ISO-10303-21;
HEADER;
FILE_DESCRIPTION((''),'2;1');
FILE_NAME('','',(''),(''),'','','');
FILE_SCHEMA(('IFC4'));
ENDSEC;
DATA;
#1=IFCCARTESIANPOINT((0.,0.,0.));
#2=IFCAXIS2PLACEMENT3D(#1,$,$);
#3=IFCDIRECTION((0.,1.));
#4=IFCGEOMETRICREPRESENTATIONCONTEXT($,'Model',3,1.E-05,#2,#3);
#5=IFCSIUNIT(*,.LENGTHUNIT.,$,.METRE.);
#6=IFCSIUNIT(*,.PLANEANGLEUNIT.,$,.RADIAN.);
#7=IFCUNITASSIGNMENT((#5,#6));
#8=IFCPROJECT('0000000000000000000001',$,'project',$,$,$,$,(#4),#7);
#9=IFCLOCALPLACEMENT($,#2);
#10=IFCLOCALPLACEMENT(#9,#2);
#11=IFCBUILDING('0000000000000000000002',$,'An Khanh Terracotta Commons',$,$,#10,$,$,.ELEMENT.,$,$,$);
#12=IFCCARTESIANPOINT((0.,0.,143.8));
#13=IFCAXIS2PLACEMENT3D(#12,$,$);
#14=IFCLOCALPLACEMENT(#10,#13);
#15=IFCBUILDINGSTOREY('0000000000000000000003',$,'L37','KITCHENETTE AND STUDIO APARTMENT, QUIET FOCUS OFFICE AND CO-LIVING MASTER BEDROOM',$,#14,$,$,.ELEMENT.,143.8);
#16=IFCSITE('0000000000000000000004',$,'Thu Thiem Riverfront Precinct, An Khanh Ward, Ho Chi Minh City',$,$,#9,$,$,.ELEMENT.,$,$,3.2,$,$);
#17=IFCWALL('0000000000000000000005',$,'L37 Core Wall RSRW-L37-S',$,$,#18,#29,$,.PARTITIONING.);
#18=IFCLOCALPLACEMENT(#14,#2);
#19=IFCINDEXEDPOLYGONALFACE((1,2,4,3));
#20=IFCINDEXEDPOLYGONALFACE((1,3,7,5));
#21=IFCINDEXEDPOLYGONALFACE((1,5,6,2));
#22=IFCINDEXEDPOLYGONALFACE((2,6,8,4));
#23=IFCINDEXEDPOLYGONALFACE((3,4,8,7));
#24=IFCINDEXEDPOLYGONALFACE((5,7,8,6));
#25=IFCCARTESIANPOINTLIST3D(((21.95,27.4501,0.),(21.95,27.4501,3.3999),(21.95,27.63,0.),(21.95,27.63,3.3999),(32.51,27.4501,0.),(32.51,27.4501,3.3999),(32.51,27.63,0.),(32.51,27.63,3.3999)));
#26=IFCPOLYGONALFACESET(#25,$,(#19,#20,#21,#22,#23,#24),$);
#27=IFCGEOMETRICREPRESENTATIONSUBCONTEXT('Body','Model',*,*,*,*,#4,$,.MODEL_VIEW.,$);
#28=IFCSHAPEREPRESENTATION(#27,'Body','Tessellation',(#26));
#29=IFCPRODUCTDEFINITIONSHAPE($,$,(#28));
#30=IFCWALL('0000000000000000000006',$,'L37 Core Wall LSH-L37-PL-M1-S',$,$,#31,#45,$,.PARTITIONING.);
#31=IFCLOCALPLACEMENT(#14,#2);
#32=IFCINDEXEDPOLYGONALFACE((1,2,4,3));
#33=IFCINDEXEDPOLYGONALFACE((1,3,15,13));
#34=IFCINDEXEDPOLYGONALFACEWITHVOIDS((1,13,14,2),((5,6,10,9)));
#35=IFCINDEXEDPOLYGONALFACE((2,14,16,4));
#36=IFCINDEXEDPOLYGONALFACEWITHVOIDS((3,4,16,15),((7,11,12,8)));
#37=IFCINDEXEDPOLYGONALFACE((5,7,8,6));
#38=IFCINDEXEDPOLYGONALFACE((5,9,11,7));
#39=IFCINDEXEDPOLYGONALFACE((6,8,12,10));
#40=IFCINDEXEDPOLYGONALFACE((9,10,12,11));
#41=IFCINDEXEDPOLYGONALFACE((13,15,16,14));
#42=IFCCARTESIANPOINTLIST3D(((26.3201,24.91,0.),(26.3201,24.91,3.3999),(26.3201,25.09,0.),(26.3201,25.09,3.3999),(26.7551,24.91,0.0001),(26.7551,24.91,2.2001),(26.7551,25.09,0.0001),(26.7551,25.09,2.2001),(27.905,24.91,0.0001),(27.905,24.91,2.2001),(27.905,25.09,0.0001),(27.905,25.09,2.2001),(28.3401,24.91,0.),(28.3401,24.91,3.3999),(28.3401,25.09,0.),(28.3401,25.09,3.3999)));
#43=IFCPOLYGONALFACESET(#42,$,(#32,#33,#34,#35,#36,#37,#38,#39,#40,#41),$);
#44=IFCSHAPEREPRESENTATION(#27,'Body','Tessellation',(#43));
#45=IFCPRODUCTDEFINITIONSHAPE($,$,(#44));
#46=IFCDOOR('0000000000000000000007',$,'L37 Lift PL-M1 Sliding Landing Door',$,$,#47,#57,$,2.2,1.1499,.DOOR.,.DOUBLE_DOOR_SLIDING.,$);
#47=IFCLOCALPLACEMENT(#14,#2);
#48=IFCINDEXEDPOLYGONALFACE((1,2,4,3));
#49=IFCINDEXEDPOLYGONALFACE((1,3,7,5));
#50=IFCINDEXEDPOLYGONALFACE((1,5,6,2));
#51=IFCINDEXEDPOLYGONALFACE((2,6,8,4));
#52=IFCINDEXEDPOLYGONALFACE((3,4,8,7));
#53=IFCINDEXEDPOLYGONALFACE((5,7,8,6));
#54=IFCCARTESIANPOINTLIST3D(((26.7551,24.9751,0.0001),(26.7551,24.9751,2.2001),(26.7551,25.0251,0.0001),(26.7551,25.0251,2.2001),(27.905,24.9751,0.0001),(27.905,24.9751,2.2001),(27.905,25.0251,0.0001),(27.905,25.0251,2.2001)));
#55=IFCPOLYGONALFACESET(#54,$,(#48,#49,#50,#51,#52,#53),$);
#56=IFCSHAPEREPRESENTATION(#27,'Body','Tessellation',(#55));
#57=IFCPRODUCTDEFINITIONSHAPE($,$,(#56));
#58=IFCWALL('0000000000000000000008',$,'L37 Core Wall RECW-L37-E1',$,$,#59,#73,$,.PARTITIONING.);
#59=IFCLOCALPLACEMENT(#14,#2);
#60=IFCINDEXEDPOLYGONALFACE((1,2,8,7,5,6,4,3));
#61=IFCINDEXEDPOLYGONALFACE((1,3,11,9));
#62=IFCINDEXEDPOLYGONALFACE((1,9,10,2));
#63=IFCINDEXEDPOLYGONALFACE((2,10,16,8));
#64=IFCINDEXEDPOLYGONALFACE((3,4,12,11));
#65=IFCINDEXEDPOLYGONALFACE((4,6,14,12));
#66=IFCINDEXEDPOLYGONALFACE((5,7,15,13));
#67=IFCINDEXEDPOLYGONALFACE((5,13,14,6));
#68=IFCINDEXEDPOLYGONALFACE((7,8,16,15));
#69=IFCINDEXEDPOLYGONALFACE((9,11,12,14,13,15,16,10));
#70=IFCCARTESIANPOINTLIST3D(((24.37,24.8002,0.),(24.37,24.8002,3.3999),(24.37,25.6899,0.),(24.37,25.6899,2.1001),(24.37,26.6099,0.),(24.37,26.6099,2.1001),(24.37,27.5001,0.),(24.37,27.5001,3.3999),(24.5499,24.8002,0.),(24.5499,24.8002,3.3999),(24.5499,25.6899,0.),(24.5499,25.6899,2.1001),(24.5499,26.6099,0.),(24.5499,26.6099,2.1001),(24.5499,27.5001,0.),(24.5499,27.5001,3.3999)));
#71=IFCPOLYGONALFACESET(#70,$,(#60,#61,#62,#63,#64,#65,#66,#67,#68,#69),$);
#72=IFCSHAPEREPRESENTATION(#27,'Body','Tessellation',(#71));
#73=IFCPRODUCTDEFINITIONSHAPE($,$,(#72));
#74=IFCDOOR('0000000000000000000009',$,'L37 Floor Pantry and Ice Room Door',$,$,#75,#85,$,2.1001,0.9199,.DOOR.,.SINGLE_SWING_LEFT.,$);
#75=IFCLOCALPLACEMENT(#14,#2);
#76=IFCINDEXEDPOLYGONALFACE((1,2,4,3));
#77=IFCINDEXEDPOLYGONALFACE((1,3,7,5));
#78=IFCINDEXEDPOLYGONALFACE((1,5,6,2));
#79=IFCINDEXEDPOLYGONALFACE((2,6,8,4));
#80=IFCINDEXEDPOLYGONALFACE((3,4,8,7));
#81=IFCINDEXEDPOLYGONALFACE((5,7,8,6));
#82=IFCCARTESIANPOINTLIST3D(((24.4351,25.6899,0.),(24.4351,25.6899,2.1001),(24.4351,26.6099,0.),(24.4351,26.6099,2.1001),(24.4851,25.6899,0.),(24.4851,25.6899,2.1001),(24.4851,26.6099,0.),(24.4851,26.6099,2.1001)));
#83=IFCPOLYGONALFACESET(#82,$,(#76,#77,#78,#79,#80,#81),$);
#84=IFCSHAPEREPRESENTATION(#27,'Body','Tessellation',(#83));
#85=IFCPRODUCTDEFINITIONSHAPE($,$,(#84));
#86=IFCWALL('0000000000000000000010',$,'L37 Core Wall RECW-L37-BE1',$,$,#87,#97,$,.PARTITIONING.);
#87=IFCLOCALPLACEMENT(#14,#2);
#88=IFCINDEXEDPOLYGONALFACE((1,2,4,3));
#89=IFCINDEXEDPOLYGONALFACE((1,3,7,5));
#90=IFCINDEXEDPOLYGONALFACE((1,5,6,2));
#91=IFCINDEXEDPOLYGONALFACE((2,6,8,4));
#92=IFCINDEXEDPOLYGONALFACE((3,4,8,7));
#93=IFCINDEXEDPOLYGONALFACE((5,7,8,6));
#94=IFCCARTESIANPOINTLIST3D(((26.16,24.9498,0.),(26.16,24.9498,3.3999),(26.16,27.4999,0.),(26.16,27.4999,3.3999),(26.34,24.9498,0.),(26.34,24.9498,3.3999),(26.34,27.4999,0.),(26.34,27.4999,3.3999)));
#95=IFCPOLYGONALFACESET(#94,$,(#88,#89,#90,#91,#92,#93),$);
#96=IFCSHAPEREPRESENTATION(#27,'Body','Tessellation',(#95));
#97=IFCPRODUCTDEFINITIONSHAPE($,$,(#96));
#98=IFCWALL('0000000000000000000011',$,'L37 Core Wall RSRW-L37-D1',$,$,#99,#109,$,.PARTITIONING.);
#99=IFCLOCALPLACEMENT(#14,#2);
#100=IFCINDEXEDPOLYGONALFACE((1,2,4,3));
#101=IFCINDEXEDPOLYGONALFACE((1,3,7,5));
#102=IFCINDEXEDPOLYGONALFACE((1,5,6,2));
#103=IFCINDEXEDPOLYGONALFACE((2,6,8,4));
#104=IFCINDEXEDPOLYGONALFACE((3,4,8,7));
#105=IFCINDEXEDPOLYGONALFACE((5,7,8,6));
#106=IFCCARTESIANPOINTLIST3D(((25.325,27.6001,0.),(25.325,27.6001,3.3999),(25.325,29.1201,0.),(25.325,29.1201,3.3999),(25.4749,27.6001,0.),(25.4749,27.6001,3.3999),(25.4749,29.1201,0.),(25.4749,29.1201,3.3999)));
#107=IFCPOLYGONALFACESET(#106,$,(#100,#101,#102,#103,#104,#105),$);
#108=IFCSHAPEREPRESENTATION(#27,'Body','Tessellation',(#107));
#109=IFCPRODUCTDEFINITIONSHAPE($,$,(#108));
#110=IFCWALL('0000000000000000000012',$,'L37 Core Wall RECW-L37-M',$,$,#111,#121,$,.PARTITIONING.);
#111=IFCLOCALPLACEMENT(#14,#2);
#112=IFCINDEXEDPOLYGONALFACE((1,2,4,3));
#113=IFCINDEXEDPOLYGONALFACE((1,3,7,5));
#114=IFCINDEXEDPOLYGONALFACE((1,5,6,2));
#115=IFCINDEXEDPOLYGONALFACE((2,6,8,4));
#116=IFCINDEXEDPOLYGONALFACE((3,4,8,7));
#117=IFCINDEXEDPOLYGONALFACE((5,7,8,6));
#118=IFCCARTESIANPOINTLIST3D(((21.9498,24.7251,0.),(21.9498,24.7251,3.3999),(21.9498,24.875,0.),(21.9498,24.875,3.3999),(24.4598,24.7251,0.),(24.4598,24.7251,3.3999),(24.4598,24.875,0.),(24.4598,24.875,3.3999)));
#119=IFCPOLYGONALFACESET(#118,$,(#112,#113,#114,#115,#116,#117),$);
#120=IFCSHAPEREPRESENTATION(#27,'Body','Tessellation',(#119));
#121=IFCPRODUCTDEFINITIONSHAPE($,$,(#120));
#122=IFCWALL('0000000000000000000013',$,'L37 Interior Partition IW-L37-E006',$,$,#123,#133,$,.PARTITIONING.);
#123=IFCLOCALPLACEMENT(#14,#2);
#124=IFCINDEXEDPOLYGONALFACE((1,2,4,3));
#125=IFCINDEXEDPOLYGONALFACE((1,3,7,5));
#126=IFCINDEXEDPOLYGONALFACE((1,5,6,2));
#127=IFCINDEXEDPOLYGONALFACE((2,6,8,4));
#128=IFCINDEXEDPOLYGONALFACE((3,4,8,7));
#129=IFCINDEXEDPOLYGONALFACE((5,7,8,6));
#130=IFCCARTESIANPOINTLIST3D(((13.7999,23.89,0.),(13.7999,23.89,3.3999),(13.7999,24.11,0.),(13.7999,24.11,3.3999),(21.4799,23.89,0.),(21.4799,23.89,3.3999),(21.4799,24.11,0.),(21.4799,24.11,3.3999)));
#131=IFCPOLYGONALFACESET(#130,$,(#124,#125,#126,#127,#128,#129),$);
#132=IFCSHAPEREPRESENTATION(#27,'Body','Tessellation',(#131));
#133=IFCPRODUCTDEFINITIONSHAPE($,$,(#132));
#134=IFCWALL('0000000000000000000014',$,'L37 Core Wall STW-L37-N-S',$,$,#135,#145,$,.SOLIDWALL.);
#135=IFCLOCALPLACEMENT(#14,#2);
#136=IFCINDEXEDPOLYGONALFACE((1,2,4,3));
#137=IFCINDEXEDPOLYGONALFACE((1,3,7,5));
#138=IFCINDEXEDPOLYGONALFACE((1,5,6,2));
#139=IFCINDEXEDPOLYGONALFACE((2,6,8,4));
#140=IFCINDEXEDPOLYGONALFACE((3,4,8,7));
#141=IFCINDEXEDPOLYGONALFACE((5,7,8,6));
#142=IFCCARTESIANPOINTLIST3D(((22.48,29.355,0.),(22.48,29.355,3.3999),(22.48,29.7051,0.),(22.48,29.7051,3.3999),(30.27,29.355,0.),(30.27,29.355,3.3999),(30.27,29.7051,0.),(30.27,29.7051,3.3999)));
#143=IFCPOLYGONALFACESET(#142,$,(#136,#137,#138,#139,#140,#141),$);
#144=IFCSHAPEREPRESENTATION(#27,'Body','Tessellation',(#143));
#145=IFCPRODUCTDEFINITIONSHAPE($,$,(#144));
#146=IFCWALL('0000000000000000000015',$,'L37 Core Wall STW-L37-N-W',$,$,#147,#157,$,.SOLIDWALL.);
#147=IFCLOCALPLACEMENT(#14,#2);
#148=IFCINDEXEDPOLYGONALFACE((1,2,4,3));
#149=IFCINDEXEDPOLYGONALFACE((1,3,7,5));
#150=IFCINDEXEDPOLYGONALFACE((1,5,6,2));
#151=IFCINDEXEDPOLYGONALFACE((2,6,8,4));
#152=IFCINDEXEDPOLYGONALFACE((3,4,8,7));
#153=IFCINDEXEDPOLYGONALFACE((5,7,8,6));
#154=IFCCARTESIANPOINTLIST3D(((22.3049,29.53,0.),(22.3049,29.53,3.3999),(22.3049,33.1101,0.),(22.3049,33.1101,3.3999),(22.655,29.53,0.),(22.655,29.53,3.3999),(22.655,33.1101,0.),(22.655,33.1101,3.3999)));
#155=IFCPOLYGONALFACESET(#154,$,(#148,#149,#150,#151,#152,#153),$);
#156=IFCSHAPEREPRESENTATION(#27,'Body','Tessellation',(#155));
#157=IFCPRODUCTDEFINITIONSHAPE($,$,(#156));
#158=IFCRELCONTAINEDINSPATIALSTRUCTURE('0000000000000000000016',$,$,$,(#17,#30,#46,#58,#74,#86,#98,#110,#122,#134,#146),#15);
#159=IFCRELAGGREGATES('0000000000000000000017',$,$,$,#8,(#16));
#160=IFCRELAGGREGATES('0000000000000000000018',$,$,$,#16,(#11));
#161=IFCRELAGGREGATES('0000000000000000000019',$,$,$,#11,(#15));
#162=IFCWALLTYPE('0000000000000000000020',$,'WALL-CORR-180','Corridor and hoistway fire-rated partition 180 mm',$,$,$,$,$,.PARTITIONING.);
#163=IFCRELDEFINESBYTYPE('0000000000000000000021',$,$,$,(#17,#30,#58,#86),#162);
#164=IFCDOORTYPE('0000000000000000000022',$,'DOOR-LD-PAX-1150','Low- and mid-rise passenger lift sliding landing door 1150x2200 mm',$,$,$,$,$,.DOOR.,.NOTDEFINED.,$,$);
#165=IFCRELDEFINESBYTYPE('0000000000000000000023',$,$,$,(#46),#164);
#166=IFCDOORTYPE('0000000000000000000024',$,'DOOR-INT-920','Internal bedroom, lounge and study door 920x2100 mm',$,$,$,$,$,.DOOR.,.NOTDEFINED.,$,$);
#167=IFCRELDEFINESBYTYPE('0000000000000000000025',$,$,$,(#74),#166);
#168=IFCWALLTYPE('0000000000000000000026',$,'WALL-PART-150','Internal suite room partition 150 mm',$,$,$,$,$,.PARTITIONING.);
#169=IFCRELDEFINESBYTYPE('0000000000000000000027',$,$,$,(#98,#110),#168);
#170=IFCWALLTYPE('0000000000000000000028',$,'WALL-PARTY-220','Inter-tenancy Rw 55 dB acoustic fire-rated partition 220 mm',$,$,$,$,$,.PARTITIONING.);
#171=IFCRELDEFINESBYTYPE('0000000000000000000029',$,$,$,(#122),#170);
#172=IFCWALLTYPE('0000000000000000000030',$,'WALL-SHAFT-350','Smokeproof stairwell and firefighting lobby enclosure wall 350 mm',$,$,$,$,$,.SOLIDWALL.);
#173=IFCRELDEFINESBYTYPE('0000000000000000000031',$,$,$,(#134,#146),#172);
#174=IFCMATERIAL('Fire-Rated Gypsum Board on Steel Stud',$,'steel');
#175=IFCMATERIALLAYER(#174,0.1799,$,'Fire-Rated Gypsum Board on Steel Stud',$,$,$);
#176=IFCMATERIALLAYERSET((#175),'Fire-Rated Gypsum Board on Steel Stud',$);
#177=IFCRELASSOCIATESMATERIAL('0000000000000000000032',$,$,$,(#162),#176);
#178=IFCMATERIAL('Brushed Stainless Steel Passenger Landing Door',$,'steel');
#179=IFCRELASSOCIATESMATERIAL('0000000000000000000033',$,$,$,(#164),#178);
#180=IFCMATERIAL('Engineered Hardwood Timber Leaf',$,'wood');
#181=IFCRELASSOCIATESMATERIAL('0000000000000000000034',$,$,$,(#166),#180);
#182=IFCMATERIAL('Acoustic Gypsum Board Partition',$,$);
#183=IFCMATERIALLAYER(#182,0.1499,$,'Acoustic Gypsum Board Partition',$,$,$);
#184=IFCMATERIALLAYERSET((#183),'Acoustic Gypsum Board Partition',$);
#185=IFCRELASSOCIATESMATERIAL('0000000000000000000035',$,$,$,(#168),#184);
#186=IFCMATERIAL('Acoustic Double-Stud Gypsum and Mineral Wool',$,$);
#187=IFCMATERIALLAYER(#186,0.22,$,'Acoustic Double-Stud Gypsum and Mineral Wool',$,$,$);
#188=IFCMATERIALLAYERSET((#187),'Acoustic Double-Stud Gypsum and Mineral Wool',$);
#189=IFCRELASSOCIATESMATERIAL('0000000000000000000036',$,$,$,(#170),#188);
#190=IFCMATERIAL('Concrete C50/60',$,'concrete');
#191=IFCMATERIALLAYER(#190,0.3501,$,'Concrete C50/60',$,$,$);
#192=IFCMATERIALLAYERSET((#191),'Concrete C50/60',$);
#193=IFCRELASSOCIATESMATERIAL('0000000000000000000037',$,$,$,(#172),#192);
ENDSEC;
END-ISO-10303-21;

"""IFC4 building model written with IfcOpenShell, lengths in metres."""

from ifc_helpers import new_model, si_unit, direction, frame, frame_2d, origin, place, context, subcontext, project, spatial, rectangle, extrude, material, layer, layer_set, type_object, element, fill, save


model = new_model("IFC4")

# Units and contexts
model_context = context("Model", 3, precision=1e-05, world=origin(), true_north=direction((0.0, 1.0)))
body_context = subcontext(model_context, "Body", "Model", "MODEL_VIEW")
ifc_project = project(units=[si_unit("LENGTHUNIT", "METRE"), si_unit("PLANEANGLEUNIT", "RADIAN")], contexts=[model_context])

# Site, building, storey
site_placement = place(None, origin())
site = spatial("IfcSite", under=ifc_project, at=site_placement, Name="Thu Thiem Riverfront Precinct, An Khanh Ward, Ho Chi Minh City", CompositionType="ELEMENT", RefElevation=3.2)
building_placement = place(site_placement, origin())
building = spatial("IfcBuilding", under=site, at=building_placement, Name="An Khanh Terracotta Commons", CompositionType="ELEMENT")
storey_placement = place(building_placement, frame((0.0, 0.0, 143.8)))
storey = spatial("IfcBuildingStorey", under=building, at=storey_placement, Name="L37", Description="KITCHENETTE AND STUDIO APARTMENT, QUIET FOCUS OFFICE AND CO-LIVING MASTER BEDROOM", CompositionType="ELEMENT", Elevation=143.8)

# Wall
ifc_material_1 = material(Name="Fire-Rated Gypsum Board on Steel Stud", Category="steel")
ifc_layer_1 = layer(ifc_material_1, 0.1799, Name="Fire-Rated Gypsum Board on Steel Stud")
ifc_layer_set_1 = layer_set([ifc_layer_1], Name="Fire-Rated Gypsum Board on Steel Stud")
wall_type_1 = type_object("IfcWallType", Name="WALL-CORR-180", Description="Corridor and hoistway fire-rated partition 180 mm", PredefinedType="PARTITIONING", material=ifc_layer_set_1)
wall_1_placement = place(storey_placement, frame((21.95, 27.54, 0.0), z_axis=(0.0, 0.0, 1.0), x_axis=(1.0, 0.0, 0.0)))
element("IfcWall", 1, at=wall_1_placement, inside=storey, type_object=wall_type_1, Name="L37 Core Wall RSRW-L37-S", PredefinedType="PARTITIONING", context=body_context, shape_type="SweptSolid", body=[
    extrude(rectangle(XDim=10.5601, YDim=0.1799, at=frame_2d((5.28, 0.0))), origin(), (0.0, 0.0, 1.0), 3.3999),
])

# Walls, openings, doors
wall_2_placement = place(storey_placement, frame((28.3401, 25.0, 0.0), z_axis=(0.0, 0.0, 1.0), x_axis=(-1.0, 0.0, 0.0)))
wall_2 = element("IfcWall", 2, at=wall_2_placement, inside=storey, type_object=wall_type_1, Name="L37 Core Wall LSH-L37-PL-M1-S", PredefinedType="PARTITIONING", context=body_context, shape_type="SweptSolid", body=[
    extrude(rectangle(XDim=2.02, YDim=0.1799, at=frame_2d((1.01, 0.0))), origin(), (0.0, 0.0, 1.0), 3.3999),
])
opening_1_placement = place(wall_2_placement, frame((0.4351, 0.0, 0.0)))
opening_1 = element("IfcOpeningElement", 3, at=opening_1_placement, cuts=wall_2, PredefinedType="OPENING", context=body_context, shape_type="SweptSolid", body=[
    extrude(rectangle(XDim=1.1499, YDim=2.2, at=frame_2d((0.575, 1.1001))), frame((0.0, 0.0999, 0.0), z_axis=(0.0, -1.0, 0.0), x_axis=(1.0, 0.0, 0.0)), (0.0, 0.0, 1.0), 0.2),
])
ifc_material_2 = material(Name="Brushed Stainless Steel Passenger Landing Door", Category="steel")
door_type_1 = type_object("IfcDoorType", Name="DOOR-LD-PAX-1150", Description="Low- and mid-rise passenger lift sliding landing door 1150x2200 mm", OperationType="NOTDEFINED", PredefinedType="DOOR", material=ifc_material_2)
door_1_placement = place(opening_1_placement, origin())
door_1 = element("IfcDoor", 4, at=door_1_placement, inside=storey, type_object=door_type_1, Name="L37 Lift PL-M1 Sliding Landing Door", OperationType="DOUBLE_DOOR_SLIDING", OverallHeight=2.2, OverallWidth=1.1499, PredefinedType="DOOR", context=body_context, shape_type="SweptSolid", body=[
    extrude(rectangle(XDim=1.1499, YDim=2.2, at=frame_2d((0.575, 1.1001))), frame((0.0, 0.0249, 0.0), z_axis=(0.0, -1.0, 0.0), x_axis=(1.0, 0.0, 0.0)), (0.0, 0.0, 1.0), 0.05),
])
fill(opening_1, door_1)
wall_3_placement = place(storey_placement, frame((24.46, 24.8, 0.0), z_axis=(0.0, 0.0, 1.0), x_axis=(0.0, 1.0, 0.0)))
wall_3 = element("IfcWall", 5, at=wall_3_placement, inside=storey, type_object=wall_type_1, Name="L37 Core Wall RECW-L37-E1", PredefinedType="PARTITIONING", context=body_context, shape_type="SweptSolid", body=[
    extrude(rectangle(XDim=2.7, YDim=0.1799, at=frame_2d((1.3501, 0.0))), origin(), (0.0, 0.0, 1.0), 3.3999),
])
opening_2_placement = place(wall_3_placement, frame((0.8899, 0.0, 0.0)))
opening_2 = element("IfcOpeningElement", 6, at=opening_2_placement, cuts=wall_3, PredefinedType="OPENING", context=body_context, shape_type="SweptSolid", body=[
    extrude(rectangle(XDim=0.9199, YDim=2.1001, at=frame_2d((0.46, 1.05))), frame((0.0, 0.0999, 0.0), z_axis=(0.0, -1.0, 0.0), x_axis=(1.0, 0.0, 0.0)), (0.0, 0.0, 1.0), 0.2),
])
ifc_material_3 = material(Name="Engineered Hardwood Timber Leaf", Category="wood")
door_type_2 = type_object("IfcDoorType", Name="DOOR-INT-920", Description="Internal bedroom, lounge and study door 920x2100 mm", OperationType="NOTDEFINED", PredefinedType="DOOR", material=ifc_material_3)
door_2_placement = place(opening_2_placement, origin())
door_2 = element("IfcDoor", 7, at=door_2_placement, inside=storey, type_object=door_type_2, Name="L37 Floor Pantry and Ice Room Door", OperationType="SINGLE_SWING_LEFT", OverallHeight=2.1001, OverallWidth=0.9199, PredefinedType="DOOR", context=body_context, shape_type="SweptSolid", body=[
    extrude(rectangle(XDim=0.9199, YDim=2.1001, at=frame_2d((0.46, 1.05))), frame((0.0, 0.0249, 0.0), z_axis=(0.0, -1.0, 0.0), x_axis=(1.0, 0.0, 0.0)), (0.0, 0.0, 1.0), 0.05),
])
fill(opening_2, door_2)

# Walls
wall_4_placement = place(storey_placement, frame((26.25, 24.95, 0.0), z_axis=(0.0, 0.0, 1.0), x_axis=(0.0, 1.0, 0.0)))
element("IfcWall", 8, at=wall_4_placement, inside=storey, type_object=wall_type_1, Name="L37 Core Wall RECW-L37-BE1", PredefinedType="PARTITIONING", context=body_context, shape_type="SweptSolid", body=[
    extrude(rectangle(XDim=2.55, YDim=0.1799, at=frame_2d((1.2749, 0.0))), origin(), (0.0, 0.0, 1.0), 3.3999),
])
ifc_material_4 = material(Name="Acoustic Gypsum Board Partition")
ifc_layer_2 = layer(ifc_material_4, 0.1499, Name="Acoustic Gypsum Board Partition")
ifc_layer_set_2 = layer_set([ifc_layer_2], Name="Acoustic Gypsum Board Partition")
wall_type_2 = type_object("IfcWallType", Name="WALL-PART-150", Description="Internal suite room partition 150 mm", PredefinedType="PARTITIONING", material=ifc_layer_set_2)
wall_5_placement = place(storey_placement, frame((25.3999, 27.6001, 0.0), z_axis=(0.0, 0.0, 1.0), x_axis=(0.0, 1.0, 0.0)))
element("IfcWall", 9, at=wall_5_placement, inside=storey, type_object=wall_type_2, Name="L37 Core Wall RSRW-L37-D1", PredefinedType="PARTITIONING", context=body_context, shape_type="SweptSolid", body=[
    extrude(rectangle(XDim=1.52, YDim=0.1499, at=frame_2d((0.76, 0.0))), origin(), (0.0, 0.0, 1.0), 3.3999),
])
wall_6_placement = place(storey_placement, frame((21.95, 24.8, 0.0), z_axis=(0.0, 0.0, 1.0), x_axis=(1.0, 0.0, 0.0)))
element("IfcWall", 10, at=wall_6_placement, inside=storey, type_object=wall_type_2, Name="L37 Core Wall RECW-L37-M", PredefinedType="PARTITIONING", context=body_context, shape_type="SweptSolid", body=[
    extrude(rectangle(XDim=2.51, YDim=0.1499, at=frame_2d((1.2549, 0.0))), origin(), (0.0, 0.0, 1.0), 3.3999),
])
ifc_material_5 = material(Name="Acoustic Double-Stud Gypsum and Mineral Wool")
ifc_layer_3 = layer(ifc_material_5, 0.22, Name="Acoustic Double-Stud Gypsum and Mineral Wool")
ifc_layer_set_3 = layer_set([ifc_layer_3], Name="Acoustic Double-Stud Gypsum and Mineral Wool")
wall_type_3 = type_object("IfcWallType", Name="WALL-PARTY-220", Description="Inter-tenancy Rw 55 dB acoustic fire-rated partition 220 mm", PredefinedType="PARTITIONING", material=ifc_layer_set_3)
wall_7_placement = place(storey_placement, frame((13.8, 24.0, 0.0), z_axis=(0.0, 0.0, 1.0), x_axis=(1.0, 0.0, 0.0)))
element("IfcWall", 11, at=wall_7_placement, inside=storey, type_object=wall_type_3, Name="L37 Interior Partition IW-L37-E006", PredefinedType="PARTITIONING", context=body_context, shape_type="SweptSolid", body=[
    extrude(rectangle(XDim=7.6799, YDim=0.22, at=frame_2d((3.8398, 0.0))), origin(), (0.0, 0.0, 1.0), 3.3999),
])
ifc_material_6 = material(Name="Concrete C50/60", Category="concrete")
ifc_layer_4 = layer(ifc_material_6, 0.3501, Name="Concrete C50/60")
ifc_layer_set_4 = layer_set([ifc_layer_4], Name="Concrete C50/60")
wall_type_4 = type_object("IfcWallType", Name="WALL-SHAFT-350", Description="Smokeproof stairwell and firefighting lobby enclosure wall 350 mm", PredefinedType="SOLIDWALL", material=ifc_layer_set_4)
wall_8_placement = place(storey_placement, frame((22.48, 29.53, 0.0), z_axis=(0.0, 0.0, 1.0), x_axis=(1.0, 0.0, 0.0)))
element("IfcWall", 12, at=wall_8_placement, inside=storey, type_object=wall_type_4, Name="L37 Core Wall STW-L37-N-S", PredefinedType="SOLIDWALL", context=body_context, shape_type="SweptSolid", body=[
    extrude(rectangle(XDim=7.79, YDim=0.3501, at=frame_2d((3.895, 0.0))), origin(), (0.0, 0.0, 1.0), 3.3999),
])
wall_9_placement = place(storey_placement, frame((22.48, 29.53, 0.0), z_axis=(0.0, 0.0, 1.0), x_axis=(0.0, 1.0, 0.0)))
element("IfcWall", 13, at=wall_9_placement, inside=storey, type_object=wall_type_4, Name="L37 Core Wall STW-L37-N-W", PredefinedType="SOLIDWALL", context=body_context, shape_type="SweptSolid", body=[
    extrude(rectangle(XDim=3.5801, YDim=0.3501, at=frame_2d((1.79, 0.0))), origin(), (0.0, 0.0, 1.0), 3.3999),
])

save(model, "model.ifc")
